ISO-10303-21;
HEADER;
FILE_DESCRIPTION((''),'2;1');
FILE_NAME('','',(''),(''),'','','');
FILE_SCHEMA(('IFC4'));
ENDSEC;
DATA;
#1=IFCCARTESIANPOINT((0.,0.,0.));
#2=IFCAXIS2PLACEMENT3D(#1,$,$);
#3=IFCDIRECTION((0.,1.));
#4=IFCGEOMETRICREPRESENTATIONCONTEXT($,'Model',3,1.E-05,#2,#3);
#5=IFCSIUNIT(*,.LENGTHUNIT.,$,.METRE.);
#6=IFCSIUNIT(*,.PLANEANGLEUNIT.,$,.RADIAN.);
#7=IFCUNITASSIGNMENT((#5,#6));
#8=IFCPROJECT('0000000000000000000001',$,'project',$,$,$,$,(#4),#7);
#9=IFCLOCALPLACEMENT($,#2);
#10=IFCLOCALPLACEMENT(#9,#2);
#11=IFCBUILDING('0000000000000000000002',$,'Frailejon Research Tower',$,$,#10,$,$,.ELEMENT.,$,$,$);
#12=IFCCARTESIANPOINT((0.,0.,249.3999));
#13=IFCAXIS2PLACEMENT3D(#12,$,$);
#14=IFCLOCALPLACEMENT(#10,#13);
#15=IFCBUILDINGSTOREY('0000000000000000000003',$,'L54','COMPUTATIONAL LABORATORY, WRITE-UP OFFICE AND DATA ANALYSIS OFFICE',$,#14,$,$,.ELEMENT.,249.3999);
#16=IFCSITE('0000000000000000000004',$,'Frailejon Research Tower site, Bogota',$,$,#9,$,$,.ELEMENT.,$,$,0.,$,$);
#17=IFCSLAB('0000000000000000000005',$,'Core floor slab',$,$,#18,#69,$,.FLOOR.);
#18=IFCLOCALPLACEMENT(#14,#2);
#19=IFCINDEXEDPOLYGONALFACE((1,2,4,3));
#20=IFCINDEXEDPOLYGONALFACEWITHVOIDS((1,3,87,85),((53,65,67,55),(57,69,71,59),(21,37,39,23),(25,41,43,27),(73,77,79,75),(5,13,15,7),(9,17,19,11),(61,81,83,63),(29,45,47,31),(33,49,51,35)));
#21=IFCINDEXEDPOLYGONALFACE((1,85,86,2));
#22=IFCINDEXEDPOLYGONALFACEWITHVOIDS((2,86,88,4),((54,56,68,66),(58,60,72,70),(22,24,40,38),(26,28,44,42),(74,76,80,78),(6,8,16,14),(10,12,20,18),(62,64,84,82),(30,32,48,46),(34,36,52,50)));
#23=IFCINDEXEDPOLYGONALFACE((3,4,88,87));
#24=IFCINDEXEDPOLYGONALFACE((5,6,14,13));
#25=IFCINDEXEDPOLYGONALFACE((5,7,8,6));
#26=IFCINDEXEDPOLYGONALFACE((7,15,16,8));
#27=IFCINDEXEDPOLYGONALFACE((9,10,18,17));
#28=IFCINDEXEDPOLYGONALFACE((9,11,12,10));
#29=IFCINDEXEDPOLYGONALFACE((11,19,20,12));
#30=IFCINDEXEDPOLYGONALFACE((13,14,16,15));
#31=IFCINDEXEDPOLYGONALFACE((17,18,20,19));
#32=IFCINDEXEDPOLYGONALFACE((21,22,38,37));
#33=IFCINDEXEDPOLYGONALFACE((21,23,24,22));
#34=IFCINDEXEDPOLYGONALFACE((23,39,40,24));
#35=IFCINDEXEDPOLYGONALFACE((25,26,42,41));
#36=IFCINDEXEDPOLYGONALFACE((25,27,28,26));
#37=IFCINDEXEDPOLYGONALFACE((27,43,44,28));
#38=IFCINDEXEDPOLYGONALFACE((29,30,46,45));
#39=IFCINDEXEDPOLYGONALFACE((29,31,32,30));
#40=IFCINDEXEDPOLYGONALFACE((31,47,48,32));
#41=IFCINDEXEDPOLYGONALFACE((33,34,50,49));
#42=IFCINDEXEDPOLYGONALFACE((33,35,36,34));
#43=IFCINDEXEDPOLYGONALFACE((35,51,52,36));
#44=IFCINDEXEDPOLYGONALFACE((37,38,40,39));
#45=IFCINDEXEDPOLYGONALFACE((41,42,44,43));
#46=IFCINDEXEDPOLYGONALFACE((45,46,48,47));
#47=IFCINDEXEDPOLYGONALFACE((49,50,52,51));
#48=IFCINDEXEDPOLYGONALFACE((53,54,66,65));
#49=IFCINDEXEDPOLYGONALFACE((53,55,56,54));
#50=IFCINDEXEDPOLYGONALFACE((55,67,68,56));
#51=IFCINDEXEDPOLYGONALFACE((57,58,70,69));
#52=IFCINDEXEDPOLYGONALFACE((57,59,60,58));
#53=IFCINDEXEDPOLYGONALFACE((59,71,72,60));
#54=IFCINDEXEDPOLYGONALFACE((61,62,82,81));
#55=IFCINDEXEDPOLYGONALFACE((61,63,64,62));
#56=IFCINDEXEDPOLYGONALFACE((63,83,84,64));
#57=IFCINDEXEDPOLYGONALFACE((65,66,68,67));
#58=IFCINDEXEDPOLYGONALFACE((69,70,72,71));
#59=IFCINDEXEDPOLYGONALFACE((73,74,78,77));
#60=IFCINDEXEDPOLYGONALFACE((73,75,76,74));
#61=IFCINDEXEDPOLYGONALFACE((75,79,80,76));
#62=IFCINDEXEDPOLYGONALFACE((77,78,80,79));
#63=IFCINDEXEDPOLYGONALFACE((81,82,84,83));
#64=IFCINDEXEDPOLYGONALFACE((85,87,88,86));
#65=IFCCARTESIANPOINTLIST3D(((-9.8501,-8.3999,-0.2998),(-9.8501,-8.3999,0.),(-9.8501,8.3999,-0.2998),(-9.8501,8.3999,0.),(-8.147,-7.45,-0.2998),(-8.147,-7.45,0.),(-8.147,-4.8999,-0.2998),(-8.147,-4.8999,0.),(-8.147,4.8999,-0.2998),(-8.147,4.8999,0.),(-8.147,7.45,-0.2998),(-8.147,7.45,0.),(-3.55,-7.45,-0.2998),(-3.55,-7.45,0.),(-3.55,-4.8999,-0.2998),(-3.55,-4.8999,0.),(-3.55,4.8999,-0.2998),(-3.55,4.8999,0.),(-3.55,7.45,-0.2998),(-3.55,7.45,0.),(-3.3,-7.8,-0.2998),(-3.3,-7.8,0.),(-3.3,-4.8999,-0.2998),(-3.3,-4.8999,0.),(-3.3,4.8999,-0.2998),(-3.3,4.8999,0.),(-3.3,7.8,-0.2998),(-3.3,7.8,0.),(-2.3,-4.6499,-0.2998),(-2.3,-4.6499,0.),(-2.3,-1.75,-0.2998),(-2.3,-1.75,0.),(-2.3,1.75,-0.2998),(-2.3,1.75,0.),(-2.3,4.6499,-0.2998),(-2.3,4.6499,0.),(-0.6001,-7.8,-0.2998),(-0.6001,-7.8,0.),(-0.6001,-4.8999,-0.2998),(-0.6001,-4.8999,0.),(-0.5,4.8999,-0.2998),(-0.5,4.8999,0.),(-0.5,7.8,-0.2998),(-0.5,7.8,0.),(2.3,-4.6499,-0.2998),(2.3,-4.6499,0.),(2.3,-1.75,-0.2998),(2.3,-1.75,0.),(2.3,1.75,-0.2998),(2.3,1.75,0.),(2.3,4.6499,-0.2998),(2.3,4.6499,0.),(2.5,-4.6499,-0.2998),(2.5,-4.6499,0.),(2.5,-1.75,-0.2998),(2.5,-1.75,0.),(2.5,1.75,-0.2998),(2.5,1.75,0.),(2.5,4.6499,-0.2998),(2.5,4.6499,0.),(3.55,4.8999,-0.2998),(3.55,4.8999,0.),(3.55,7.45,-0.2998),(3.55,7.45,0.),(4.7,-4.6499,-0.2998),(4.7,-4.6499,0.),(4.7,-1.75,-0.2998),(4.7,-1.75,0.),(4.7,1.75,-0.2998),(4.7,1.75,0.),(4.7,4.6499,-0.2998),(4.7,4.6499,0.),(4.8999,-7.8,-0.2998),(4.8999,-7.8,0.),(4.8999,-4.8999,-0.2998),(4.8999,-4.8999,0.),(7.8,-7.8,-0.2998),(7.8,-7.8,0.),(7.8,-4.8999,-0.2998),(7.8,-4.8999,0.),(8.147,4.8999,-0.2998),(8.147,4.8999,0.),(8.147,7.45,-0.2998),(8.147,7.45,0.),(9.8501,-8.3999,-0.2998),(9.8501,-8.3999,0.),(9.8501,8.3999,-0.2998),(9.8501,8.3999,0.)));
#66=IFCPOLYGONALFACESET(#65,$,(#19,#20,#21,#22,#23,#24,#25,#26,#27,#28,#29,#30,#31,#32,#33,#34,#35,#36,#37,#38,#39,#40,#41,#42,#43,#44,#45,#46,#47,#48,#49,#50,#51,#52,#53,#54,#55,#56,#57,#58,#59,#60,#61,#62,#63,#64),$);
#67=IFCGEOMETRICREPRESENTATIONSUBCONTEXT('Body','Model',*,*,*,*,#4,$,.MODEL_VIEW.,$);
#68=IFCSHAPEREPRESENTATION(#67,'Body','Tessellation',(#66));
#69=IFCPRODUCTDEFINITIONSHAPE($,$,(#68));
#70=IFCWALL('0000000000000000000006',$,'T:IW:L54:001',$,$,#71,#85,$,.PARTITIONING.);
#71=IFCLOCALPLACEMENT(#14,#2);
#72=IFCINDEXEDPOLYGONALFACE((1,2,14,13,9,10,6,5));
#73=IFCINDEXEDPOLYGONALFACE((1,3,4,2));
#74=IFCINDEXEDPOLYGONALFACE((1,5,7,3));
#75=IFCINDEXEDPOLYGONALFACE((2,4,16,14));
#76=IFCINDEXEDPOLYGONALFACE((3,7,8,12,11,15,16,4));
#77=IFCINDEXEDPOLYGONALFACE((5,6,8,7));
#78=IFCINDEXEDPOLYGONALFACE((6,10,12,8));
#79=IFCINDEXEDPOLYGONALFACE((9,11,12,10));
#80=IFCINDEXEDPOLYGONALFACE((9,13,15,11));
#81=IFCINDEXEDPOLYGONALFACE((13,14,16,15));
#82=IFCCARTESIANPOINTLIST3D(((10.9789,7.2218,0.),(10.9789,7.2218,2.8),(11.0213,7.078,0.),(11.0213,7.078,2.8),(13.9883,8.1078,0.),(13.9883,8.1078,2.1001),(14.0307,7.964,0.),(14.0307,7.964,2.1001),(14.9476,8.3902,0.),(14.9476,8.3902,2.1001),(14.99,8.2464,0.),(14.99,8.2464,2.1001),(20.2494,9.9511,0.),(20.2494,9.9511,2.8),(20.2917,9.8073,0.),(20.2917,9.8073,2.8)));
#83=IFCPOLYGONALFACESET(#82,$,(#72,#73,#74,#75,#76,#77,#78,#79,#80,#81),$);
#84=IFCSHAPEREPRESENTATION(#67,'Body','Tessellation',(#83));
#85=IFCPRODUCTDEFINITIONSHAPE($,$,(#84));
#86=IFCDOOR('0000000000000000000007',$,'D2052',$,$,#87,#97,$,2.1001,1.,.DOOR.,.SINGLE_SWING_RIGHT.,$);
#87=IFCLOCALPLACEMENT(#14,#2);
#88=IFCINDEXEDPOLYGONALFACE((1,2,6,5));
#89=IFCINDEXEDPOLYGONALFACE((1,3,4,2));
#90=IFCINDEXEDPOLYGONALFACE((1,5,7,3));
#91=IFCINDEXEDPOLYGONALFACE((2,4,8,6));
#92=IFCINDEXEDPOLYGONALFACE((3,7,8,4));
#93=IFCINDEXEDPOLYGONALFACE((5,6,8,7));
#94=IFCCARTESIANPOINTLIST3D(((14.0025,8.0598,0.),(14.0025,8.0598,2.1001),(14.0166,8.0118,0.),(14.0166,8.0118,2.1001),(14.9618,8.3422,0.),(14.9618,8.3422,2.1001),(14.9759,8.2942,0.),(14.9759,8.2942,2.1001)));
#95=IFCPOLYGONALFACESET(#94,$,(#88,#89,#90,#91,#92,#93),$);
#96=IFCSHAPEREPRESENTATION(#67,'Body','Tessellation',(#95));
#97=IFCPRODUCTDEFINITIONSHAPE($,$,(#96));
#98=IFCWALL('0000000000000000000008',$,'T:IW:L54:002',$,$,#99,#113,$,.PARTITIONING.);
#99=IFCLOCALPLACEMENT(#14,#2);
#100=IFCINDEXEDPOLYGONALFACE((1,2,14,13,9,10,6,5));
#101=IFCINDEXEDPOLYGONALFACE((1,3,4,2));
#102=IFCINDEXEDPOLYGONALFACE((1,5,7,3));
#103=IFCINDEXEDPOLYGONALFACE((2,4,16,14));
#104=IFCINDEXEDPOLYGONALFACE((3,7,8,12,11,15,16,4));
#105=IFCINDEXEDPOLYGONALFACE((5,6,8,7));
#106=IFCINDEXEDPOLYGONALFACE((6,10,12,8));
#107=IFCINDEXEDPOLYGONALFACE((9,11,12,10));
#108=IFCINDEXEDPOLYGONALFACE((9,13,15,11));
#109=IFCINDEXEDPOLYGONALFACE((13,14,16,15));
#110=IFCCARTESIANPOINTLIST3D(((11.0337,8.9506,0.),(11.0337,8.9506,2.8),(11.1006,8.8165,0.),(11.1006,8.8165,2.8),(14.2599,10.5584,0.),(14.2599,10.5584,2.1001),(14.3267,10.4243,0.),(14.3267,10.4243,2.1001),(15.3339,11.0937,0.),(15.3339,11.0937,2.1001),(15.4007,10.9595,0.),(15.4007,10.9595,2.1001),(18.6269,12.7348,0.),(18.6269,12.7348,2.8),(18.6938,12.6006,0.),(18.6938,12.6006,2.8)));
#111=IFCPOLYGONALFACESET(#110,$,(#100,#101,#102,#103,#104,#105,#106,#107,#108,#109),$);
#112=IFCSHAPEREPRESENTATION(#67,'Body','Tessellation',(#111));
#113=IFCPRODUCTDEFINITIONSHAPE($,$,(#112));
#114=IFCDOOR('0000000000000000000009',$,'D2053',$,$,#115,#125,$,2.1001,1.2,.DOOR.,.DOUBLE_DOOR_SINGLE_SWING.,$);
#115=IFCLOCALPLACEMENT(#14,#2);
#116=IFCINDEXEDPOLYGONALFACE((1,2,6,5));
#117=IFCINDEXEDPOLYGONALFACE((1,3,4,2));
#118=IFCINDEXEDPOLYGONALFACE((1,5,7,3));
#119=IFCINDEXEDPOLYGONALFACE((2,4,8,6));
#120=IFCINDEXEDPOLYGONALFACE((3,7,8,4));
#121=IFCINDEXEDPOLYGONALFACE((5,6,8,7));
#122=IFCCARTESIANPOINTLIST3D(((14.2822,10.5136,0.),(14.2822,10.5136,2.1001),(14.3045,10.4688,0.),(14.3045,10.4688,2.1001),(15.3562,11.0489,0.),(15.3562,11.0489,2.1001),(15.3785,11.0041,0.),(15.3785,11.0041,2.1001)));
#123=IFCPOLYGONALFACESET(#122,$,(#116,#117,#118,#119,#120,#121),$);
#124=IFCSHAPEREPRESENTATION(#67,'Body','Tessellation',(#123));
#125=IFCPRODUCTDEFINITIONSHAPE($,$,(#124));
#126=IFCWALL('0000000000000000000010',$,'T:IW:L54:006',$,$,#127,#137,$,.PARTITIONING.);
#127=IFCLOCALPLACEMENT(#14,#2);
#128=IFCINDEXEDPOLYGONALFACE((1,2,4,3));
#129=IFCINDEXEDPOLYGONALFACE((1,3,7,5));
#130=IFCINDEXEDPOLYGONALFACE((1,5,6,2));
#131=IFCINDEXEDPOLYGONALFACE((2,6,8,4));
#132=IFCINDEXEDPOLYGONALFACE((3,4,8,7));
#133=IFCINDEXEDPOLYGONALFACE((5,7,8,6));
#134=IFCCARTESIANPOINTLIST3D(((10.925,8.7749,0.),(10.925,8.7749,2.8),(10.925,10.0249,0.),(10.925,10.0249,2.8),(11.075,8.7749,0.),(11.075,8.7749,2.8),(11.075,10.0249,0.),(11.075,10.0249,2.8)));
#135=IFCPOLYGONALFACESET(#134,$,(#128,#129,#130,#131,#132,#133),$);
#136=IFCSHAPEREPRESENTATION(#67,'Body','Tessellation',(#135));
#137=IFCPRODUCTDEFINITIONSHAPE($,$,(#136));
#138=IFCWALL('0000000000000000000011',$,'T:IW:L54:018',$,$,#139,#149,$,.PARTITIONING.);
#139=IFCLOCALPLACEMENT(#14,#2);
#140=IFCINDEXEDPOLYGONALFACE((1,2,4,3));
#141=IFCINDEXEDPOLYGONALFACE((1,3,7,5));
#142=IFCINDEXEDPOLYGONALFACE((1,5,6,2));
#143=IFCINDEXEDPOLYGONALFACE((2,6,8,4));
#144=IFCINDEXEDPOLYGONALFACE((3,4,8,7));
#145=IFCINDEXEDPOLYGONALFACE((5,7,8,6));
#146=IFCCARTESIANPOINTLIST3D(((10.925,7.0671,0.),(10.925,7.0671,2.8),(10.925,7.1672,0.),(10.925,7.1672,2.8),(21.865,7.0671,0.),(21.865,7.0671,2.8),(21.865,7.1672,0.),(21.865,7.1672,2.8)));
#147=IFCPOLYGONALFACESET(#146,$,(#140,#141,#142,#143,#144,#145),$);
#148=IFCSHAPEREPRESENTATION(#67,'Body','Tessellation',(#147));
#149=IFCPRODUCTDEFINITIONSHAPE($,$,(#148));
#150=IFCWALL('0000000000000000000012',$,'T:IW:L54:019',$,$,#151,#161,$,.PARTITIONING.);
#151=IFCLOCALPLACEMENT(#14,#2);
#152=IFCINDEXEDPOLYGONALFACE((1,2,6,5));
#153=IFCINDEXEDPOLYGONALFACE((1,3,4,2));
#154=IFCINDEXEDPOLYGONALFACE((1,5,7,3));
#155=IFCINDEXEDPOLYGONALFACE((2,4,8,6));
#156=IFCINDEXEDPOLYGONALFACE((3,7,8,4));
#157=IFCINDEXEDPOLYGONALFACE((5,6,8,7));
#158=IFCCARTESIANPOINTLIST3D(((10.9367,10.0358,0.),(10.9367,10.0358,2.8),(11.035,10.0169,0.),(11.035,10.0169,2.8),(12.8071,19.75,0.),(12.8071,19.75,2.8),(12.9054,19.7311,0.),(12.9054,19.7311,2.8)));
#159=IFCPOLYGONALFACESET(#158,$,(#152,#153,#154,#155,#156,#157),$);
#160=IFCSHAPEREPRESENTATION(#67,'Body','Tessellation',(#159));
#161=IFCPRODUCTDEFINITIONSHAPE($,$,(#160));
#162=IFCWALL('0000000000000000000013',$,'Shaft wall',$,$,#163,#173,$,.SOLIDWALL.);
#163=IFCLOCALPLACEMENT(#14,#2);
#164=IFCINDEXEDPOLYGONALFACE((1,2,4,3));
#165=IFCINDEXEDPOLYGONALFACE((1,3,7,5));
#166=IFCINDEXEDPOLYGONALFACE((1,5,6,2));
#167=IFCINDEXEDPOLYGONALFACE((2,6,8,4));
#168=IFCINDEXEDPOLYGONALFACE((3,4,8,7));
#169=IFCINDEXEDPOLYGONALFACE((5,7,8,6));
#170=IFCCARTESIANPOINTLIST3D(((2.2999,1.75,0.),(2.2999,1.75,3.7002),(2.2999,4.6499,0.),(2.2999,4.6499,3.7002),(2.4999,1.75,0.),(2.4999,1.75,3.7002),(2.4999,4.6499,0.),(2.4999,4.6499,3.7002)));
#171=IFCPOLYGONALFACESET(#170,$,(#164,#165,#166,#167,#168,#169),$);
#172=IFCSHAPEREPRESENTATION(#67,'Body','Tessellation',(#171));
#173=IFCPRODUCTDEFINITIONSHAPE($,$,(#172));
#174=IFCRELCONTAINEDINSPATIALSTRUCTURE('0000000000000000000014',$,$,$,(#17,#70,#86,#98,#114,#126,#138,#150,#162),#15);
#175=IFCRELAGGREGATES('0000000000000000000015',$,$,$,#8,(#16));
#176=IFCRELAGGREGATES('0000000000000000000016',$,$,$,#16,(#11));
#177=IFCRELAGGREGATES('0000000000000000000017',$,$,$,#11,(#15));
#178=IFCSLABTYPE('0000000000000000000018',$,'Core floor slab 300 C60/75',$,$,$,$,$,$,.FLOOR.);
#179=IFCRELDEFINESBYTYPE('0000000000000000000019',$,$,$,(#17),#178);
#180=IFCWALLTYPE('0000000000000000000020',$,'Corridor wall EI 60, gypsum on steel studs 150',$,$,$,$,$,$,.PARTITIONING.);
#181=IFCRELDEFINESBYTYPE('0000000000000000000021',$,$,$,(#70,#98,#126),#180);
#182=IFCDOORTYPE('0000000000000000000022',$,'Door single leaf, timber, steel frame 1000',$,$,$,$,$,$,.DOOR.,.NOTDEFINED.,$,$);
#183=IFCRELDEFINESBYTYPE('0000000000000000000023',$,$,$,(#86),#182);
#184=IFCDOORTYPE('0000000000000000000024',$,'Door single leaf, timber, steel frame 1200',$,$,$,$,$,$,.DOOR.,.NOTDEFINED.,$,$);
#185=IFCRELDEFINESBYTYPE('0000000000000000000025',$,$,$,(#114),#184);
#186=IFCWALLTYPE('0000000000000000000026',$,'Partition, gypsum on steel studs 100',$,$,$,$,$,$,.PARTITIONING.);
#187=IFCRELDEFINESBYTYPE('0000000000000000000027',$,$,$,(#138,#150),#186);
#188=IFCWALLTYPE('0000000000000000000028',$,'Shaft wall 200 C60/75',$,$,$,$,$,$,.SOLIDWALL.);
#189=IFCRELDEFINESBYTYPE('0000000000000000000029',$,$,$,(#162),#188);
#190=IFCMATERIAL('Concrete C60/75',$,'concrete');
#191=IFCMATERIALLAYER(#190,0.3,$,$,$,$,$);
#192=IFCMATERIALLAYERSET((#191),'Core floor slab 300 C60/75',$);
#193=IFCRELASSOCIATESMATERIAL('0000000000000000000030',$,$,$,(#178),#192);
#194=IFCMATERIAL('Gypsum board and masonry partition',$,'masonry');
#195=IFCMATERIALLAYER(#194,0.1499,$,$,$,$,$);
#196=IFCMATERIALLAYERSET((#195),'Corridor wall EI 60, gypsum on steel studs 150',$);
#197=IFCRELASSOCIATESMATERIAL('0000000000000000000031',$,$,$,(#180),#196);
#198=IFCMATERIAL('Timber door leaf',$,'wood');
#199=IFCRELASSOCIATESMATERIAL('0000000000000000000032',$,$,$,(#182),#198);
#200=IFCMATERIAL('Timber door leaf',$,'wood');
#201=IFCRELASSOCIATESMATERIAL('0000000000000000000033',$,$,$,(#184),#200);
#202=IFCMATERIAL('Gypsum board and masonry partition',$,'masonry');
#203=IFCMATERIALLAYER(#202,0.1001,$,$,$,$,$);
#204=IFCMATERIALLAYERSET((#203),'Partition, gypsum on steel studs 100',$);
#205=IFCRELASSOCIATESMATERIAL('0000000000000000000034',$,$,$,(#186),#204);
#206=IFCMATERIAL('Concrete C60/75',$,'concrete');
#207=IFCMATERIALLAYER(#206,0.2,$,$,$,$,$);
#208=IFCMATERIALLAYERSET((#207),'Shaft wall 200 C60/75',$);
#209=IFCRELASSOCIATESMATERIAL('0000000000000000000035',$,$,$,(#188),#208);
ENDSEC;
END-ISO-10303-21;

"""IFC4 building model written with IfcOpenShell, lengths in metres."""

from ifc_helpers import new_model, si_unit, direction, frame, frame_2d, origin, place, context, subcontext, project, spatial, polyline, rectangle, outline, extrude, material, layer, layer_set, type_object, element, fill, save


model = new_model("IFC4")

# Units and contexts
model_context = context("Model", 3, precision=1e-05, world=origin(), true_north=direction((0.0, 1.0)))
body_context = subcontext(model_context, "Body", "Model", "MODEL_VIEW")
ifc_project = project(units=[si_unit("LENGTHUNIT", "METRE"), si_unit("PLANEANGLEUNIT", "RADIAN")], contexts=[model_context])

# Site, building, storey
site_placement = place(None, origin())
site = spatial("IfcSite", under=ifc_project, at=site_placement, Name="Frailejon Research Tower site, Bogota", CompositionType="ELEMENT", RefElevation=0.0)
building_placement = place(site_placement, origin())
building = spatial("IfcBuilding", under=site, at=building_placement, Name="Frailejon Research Tower", CompositionType="ELEMENT")
storey_placement = place(building_placement, frame((0.0, 0.0, 249.3999)))
storey = spatial("IfcBuildingStorey", under=building, at=storey_placement, Name="L54", Description="COMPUTATIONAL LABORATORY, WRITE-UP OFFICE AND DATA ANALYSIS OFFICE", CompositionType="ELEMENT", Elevation=249.3999)

# Slab
ifc_material_1 = material(Name="Concrete C60/75", Category="concrete")
ifc_layer_1 = layer(ifc_material_1, 0.3)
ifc_layer_set_1 = layer_set([ifc_layer_1], Name="Core floor slab 300 C60/75")
slab_type = type_object("IfcSlabType", Name="Core floor slab 300 C60/75", PredefinedType="FLOOR", material=ifc_layer_set_1)
slab_placement = place(storey_placement, frame((0.0, 0.0, -0.2998)))
element("IfcSlab", 1, at=slab_placement, inside=storey, type_object=slab_type, Name="Core floor slab", PredefinedType="FLOOR", context=body_context, shape_type="SweptSolid", body=[
    extrude(outline(polyline([(9.8501, -8.3999), (9.8501, 8.3999), (-9.8501, 8.3999), (-9.8501, -8.3999), (9.8501, -8.3999)]), holes=[polyline([(2.3, 1.75), (2.3, 4.6499), (-2.3, 4.6499), (-2.3, 1.75), (2.3, 1.75)]), polyline([(4.7, 1.75), (4.7, 4.6499), (2.5, 4.6499), (2.5, 1.75), (4.7, 1.75)]), polyline([(2.3, -4.6499), (2.3, -1.75), (-2.3, -1.75), (-2.3, -4.6499), (2.3, -4.6499)]), polyline([(4.7, -4.6499), (4.7, -1.75), (2.5, -1.75), (2.5, -4.6499), (4.7, -4.6499)]), polyline([(-8.147, 4.8999), (-3.55, 4.8999), (-3.55, 7.45), (-8.147, 7.45), (-8.147, 4.8999)]), polyline([(-8.147, -7.45), (-3.55, -7.45), (-3.55, -4.8999), (-8.147, -4.8999), (-8.147, -7.45)]), polyline([(8.147, 7.45), (3.55, 7.45), (3.55, 4.8999), (8.147, 4.8999), (8.147, 7.45)]), polyline([(-0.6001, -7.8), (-0.6001, -4.8999), (-3.3, -4.8999), (-3.3, -7.8), (-0.6001, -7.8)]), polyline([(7.8, -7.8), (7.8, -4.8999), (4.8999, -4.8999), (4.8999, -7.8), (7.8, -7.8)]), polyline([(-0.5, 4.8999), (-0.5, 7.8), (-3.3, 7.8), (-3.3, 4.8999), (-0.5, 4.8999)])]), origin(), (0.0, 0.0, 1.0), 0.2998),
])

# Walls, openings, doors
ifc_material_2 = material(Name="Gypsum board and masonry partition", Category="masonry")
ifc_layer_2 = layer(ifc_material_2, 0.1499)
ifc_layer_set_2 = layer_set([ifc_layer_2], Name="Corridor wall EI 60, gypsum on steel studs 150")
wall_type_1 = type_object("IfcWallType", Name="Corridor wall EI 60, gypsum on steel studs 150", PredefinedType="PARTITIONING", material=ifc_layer_set_2)
wall_1_placement = place(storey_placement, frame((11.0, 7.1499, 0.0), z_axis=(0.0, 0.0, 1.0), x_axis=(0.959292, 0.282417, 0.0)))
wall_1 = element("IfcWall", 2, at=wall_1_placement, inside=storey, type_object=wall_type_1, Name="T:IW:L54:001", PredefinedType="PARTITIONING", context=body_context, shape_type="SweptSolid", body=[
    extrude(rectangle(XDim=9.6638, YDim=0.1499, at=frame_2d((4.832, 0.0))), origin(), (0.0, 0.0, 1.0), 2.8),
])
opening_1_placement = place(wall_1_placement, frame((3.1372, 0.0, 0.0)))
opening_1 = element("IfcOpeningElement", 3, at=opening_1_placement, cuts=wall_1, PredefinedType="OPENING", context=body_context, shape_type="SweptSolid", body=[
    extrude(rectangle(XDim=1.0, YDim=2.1001, at=frame_2d((0.5, 1.05))), frame((0.0, 0.085, 0.0), z_axis=(0.0, -1.0, 0.0), x_axis=(1.0, 0.0, 0.0)), (0.0, 0.0, 1.0), 0.1699),
])
ifc_material_3 = material(Name="Timber door leaf", Category="wood")
door_type_1 = type_object("IfcDoorType", Name="Door single leaf, timber, steel frame 1000", OperationType="NOTDEFINED", PredefinedType="DOOR", material=ifc_material_3)
door_1_placement = place(opening_1_placement, origin())
door_1 = element("IfcDoor", 4, at=door_1_placement, inside=storey, type_object=door_type_1, Name="D2052", OperationType="SINGLE_SWING_RIGHT", OverallHeight=2.1001, OverallWidth=1.0, PredefinedType="DOOR", context=body_context, shape_type="SweptSolid", body=[
    extrude(rectangle(XDim=1.0, YDim=2.1001, at=frame_2d((0.5, 1.05))), frame((0.0, 0.0249, 0.0), z_axis=(0.0, -1.0, 0.0), x_axis=(1.0, 0.0, 0.0)), (0.0, 0.0, 1.0), 0.05),
])
fill(opening_1, door_1)
wall_2_placement = place(storey_placement, frame((11.0671, 8.8835, 0.0), z_axis=(0.0, 0.0, 1.0), x_axis=(0.895013, 0.446039, 0.0)))
wall_2 = element("IfcWall", 5, at=wall_2_placement, inside=storey, type_object=wall_type_1, Name="T:IW:L54:002", PredefinedType="PARTITIONING", context=body_context, shape_type="SweptSolid", body=[
    extrude(rectangle(XDim=8.4839, YDim=0.1499, at=frame_2d((4.2419, 0.0))), origin(), (0.0, 0.0, 1.0), 2.8),
])
opening_2_placement = place(wall_2_placement, frame((3.6045, 0.0, 0.0)))
opening_2 = element("IfcOpeningElement", 6, at=opening_2_placement, cuts=wall_2, PredefinedType="OPENING", context=body_context, shape_type="SweptSolid", body=[
    extrude(rectangle(XDim=1.2, YDim=2.1001, at=frame_2d((0.6001, 1.05))), frame((0.0, 0.085, 0.0), z_axis=(0.0, -1.0, 0.0), x_axis=(1.0, 0.0, 0.0)), (0.0, 0.0, 1.0), 0.1699),
])
ifc_material_4 = material(Name="Timber door leaf", Category="wood")
door_type_2 = type_object("IfcDoorType", Name="Door single leaf, timber, steel frame 1200", OperationType="NOTDEFINED", PredefinedType="DOOR", material=ifc_material_4)
door_2_placement = place(opening_2_placement, origin())
door_2 = element("IfcDoor", 7, at=door_2_placement, inside=storey, type_object=door_type_2, Name="D2053", OperationType="DOUBLE_DOOR_SINGLE_SWING", OverallHeight=2.1001, OverallWidth=1.2, PredefinedType="DOOR", context=body_context, shape_type="SweptSolid", body=[
    extrude(rectangle(XDim=1.2, YDim=2.1001, at=frame_2d((0.6001, 1.05))), frame((0.0, 0.0249, 0.0), z_axis=(0.0, -1.0, 0.0), x_axis=(1.0, 0.0, 0.0)), (0.0, 0.0, 1.0), 0.05),
])
fill(opening_2, door_2)

# Walls
wall_3_placement = place(storey_placement, frame((11.0, 8.7749, 0.0), z_axis=(0.0, 0.0, 1.0), x_axis=(0.0, 1.0, 0.0)))
element("IfcWall", 8, at=wall_3_placement, inside=storey, type_object=wall_type_1, Name="T:IW:L54:006", PredefinedType="PARTITIONING", context=body_context, shape_type="SweptSolid", body=[
    extrude(rectangle(XDim=1.25, YDim=0.1499, at=frame_2d((0.625, 0.0))), origin(), (0.0, 0.0, 1.0), 2.8),
])
ifc_material_5 = material(Name="Gypsum board and masonry partition", Category="masonry")
ifc_layer_3 = layer(ifc_material_5, 0.1001)
ifc_layer_set_3 = layer_set([ifc_layer_3], Name="Partition, gypsum on steel studs 100")
wall_type_2 = type_object("IfcWallType", Name="Partition, gypsum on steel studs 100", PredefinedType="PARTITIONING", material=ifc_layer_set_3)
wall_4_placement = place(storey_placement, frame((10.925, 7.1172, 0.0), z_axis=(0.0, 0.0, 1.0), x_axis=(1.0, 0.0, 0.0)))
element("IfcWall", 9, at=wall_4_placement, inside=storey, type_object=wall_type_2, Name="T:IW:L54:018", PredefinedType="PARTITIONING", context=body_context, shape_type="SweptSolid", body=[
    extrude(rectangle(XDim=10.9399, YDim=0.1001, at=frame_2d((5.47, 0.0))), origin(), (0.0, 0.0, 1.0), 2.8),
])
wall_5_placement = place(storey_placement, frame((10.9858, 10.0264, 0.0), z_axis=(0.0, 0.0, 1.0), x_axis=(0.189068, 0.981964, 0.0)))
element("IfcWall", 10, at=wall_5_placement, inside=storey, type_object=wall_type_2, Name="T:IW:L54:019", PredefinedType="PARTITIONING", context=body_context, shape_type="SweptSolid", body=[
    extrude(rectangle(XDim=9.8926, YDim=0.1001, at=frame_2d((4.9463, 0.0))), origin(), (0.0, 0.0, 1.0), 2.8),
])
ifc_material_6 = material(Name="Concrete C60/75", Category="concrete")
ifc_layer_4 = layer(ifc_material_6, 0.2)
ifc_layer_set_4 = layer_set([ifc_layer_4], Name="Shaft wall 200 C60/75")
wall_type_3 = type_object("IfcWallType", Name="Shaft wall 200 C60/75", PredefinedType="SOLIDWALL", material=ifc_layer_set_4)
for number, where, z_axis, x_axis, name in (
    (11, (2.3999, 1.75, 0.0), (0.0, 0.0, 1.0), (0.0, 1.0, 0.0), "Shaft wall"),
):
    element("IfcWall", number, at=place(storey_placement, frame(where, z_axis=z_axis, x_axis=x_axis)), inside=storey, type_object=wall_type_3, Name=name, PredefinedType="SOLIDWALL", context=body_context, shape_type="SweptSolid", body=[
        extrude(rectangle(XDim=2.8999, YDim=0.2, at=frame_2d((1.45, 0.0))), origin(), (0.0, 0.0, 1.0), 3.7002),
    ])

save(model, "model.ifc")
